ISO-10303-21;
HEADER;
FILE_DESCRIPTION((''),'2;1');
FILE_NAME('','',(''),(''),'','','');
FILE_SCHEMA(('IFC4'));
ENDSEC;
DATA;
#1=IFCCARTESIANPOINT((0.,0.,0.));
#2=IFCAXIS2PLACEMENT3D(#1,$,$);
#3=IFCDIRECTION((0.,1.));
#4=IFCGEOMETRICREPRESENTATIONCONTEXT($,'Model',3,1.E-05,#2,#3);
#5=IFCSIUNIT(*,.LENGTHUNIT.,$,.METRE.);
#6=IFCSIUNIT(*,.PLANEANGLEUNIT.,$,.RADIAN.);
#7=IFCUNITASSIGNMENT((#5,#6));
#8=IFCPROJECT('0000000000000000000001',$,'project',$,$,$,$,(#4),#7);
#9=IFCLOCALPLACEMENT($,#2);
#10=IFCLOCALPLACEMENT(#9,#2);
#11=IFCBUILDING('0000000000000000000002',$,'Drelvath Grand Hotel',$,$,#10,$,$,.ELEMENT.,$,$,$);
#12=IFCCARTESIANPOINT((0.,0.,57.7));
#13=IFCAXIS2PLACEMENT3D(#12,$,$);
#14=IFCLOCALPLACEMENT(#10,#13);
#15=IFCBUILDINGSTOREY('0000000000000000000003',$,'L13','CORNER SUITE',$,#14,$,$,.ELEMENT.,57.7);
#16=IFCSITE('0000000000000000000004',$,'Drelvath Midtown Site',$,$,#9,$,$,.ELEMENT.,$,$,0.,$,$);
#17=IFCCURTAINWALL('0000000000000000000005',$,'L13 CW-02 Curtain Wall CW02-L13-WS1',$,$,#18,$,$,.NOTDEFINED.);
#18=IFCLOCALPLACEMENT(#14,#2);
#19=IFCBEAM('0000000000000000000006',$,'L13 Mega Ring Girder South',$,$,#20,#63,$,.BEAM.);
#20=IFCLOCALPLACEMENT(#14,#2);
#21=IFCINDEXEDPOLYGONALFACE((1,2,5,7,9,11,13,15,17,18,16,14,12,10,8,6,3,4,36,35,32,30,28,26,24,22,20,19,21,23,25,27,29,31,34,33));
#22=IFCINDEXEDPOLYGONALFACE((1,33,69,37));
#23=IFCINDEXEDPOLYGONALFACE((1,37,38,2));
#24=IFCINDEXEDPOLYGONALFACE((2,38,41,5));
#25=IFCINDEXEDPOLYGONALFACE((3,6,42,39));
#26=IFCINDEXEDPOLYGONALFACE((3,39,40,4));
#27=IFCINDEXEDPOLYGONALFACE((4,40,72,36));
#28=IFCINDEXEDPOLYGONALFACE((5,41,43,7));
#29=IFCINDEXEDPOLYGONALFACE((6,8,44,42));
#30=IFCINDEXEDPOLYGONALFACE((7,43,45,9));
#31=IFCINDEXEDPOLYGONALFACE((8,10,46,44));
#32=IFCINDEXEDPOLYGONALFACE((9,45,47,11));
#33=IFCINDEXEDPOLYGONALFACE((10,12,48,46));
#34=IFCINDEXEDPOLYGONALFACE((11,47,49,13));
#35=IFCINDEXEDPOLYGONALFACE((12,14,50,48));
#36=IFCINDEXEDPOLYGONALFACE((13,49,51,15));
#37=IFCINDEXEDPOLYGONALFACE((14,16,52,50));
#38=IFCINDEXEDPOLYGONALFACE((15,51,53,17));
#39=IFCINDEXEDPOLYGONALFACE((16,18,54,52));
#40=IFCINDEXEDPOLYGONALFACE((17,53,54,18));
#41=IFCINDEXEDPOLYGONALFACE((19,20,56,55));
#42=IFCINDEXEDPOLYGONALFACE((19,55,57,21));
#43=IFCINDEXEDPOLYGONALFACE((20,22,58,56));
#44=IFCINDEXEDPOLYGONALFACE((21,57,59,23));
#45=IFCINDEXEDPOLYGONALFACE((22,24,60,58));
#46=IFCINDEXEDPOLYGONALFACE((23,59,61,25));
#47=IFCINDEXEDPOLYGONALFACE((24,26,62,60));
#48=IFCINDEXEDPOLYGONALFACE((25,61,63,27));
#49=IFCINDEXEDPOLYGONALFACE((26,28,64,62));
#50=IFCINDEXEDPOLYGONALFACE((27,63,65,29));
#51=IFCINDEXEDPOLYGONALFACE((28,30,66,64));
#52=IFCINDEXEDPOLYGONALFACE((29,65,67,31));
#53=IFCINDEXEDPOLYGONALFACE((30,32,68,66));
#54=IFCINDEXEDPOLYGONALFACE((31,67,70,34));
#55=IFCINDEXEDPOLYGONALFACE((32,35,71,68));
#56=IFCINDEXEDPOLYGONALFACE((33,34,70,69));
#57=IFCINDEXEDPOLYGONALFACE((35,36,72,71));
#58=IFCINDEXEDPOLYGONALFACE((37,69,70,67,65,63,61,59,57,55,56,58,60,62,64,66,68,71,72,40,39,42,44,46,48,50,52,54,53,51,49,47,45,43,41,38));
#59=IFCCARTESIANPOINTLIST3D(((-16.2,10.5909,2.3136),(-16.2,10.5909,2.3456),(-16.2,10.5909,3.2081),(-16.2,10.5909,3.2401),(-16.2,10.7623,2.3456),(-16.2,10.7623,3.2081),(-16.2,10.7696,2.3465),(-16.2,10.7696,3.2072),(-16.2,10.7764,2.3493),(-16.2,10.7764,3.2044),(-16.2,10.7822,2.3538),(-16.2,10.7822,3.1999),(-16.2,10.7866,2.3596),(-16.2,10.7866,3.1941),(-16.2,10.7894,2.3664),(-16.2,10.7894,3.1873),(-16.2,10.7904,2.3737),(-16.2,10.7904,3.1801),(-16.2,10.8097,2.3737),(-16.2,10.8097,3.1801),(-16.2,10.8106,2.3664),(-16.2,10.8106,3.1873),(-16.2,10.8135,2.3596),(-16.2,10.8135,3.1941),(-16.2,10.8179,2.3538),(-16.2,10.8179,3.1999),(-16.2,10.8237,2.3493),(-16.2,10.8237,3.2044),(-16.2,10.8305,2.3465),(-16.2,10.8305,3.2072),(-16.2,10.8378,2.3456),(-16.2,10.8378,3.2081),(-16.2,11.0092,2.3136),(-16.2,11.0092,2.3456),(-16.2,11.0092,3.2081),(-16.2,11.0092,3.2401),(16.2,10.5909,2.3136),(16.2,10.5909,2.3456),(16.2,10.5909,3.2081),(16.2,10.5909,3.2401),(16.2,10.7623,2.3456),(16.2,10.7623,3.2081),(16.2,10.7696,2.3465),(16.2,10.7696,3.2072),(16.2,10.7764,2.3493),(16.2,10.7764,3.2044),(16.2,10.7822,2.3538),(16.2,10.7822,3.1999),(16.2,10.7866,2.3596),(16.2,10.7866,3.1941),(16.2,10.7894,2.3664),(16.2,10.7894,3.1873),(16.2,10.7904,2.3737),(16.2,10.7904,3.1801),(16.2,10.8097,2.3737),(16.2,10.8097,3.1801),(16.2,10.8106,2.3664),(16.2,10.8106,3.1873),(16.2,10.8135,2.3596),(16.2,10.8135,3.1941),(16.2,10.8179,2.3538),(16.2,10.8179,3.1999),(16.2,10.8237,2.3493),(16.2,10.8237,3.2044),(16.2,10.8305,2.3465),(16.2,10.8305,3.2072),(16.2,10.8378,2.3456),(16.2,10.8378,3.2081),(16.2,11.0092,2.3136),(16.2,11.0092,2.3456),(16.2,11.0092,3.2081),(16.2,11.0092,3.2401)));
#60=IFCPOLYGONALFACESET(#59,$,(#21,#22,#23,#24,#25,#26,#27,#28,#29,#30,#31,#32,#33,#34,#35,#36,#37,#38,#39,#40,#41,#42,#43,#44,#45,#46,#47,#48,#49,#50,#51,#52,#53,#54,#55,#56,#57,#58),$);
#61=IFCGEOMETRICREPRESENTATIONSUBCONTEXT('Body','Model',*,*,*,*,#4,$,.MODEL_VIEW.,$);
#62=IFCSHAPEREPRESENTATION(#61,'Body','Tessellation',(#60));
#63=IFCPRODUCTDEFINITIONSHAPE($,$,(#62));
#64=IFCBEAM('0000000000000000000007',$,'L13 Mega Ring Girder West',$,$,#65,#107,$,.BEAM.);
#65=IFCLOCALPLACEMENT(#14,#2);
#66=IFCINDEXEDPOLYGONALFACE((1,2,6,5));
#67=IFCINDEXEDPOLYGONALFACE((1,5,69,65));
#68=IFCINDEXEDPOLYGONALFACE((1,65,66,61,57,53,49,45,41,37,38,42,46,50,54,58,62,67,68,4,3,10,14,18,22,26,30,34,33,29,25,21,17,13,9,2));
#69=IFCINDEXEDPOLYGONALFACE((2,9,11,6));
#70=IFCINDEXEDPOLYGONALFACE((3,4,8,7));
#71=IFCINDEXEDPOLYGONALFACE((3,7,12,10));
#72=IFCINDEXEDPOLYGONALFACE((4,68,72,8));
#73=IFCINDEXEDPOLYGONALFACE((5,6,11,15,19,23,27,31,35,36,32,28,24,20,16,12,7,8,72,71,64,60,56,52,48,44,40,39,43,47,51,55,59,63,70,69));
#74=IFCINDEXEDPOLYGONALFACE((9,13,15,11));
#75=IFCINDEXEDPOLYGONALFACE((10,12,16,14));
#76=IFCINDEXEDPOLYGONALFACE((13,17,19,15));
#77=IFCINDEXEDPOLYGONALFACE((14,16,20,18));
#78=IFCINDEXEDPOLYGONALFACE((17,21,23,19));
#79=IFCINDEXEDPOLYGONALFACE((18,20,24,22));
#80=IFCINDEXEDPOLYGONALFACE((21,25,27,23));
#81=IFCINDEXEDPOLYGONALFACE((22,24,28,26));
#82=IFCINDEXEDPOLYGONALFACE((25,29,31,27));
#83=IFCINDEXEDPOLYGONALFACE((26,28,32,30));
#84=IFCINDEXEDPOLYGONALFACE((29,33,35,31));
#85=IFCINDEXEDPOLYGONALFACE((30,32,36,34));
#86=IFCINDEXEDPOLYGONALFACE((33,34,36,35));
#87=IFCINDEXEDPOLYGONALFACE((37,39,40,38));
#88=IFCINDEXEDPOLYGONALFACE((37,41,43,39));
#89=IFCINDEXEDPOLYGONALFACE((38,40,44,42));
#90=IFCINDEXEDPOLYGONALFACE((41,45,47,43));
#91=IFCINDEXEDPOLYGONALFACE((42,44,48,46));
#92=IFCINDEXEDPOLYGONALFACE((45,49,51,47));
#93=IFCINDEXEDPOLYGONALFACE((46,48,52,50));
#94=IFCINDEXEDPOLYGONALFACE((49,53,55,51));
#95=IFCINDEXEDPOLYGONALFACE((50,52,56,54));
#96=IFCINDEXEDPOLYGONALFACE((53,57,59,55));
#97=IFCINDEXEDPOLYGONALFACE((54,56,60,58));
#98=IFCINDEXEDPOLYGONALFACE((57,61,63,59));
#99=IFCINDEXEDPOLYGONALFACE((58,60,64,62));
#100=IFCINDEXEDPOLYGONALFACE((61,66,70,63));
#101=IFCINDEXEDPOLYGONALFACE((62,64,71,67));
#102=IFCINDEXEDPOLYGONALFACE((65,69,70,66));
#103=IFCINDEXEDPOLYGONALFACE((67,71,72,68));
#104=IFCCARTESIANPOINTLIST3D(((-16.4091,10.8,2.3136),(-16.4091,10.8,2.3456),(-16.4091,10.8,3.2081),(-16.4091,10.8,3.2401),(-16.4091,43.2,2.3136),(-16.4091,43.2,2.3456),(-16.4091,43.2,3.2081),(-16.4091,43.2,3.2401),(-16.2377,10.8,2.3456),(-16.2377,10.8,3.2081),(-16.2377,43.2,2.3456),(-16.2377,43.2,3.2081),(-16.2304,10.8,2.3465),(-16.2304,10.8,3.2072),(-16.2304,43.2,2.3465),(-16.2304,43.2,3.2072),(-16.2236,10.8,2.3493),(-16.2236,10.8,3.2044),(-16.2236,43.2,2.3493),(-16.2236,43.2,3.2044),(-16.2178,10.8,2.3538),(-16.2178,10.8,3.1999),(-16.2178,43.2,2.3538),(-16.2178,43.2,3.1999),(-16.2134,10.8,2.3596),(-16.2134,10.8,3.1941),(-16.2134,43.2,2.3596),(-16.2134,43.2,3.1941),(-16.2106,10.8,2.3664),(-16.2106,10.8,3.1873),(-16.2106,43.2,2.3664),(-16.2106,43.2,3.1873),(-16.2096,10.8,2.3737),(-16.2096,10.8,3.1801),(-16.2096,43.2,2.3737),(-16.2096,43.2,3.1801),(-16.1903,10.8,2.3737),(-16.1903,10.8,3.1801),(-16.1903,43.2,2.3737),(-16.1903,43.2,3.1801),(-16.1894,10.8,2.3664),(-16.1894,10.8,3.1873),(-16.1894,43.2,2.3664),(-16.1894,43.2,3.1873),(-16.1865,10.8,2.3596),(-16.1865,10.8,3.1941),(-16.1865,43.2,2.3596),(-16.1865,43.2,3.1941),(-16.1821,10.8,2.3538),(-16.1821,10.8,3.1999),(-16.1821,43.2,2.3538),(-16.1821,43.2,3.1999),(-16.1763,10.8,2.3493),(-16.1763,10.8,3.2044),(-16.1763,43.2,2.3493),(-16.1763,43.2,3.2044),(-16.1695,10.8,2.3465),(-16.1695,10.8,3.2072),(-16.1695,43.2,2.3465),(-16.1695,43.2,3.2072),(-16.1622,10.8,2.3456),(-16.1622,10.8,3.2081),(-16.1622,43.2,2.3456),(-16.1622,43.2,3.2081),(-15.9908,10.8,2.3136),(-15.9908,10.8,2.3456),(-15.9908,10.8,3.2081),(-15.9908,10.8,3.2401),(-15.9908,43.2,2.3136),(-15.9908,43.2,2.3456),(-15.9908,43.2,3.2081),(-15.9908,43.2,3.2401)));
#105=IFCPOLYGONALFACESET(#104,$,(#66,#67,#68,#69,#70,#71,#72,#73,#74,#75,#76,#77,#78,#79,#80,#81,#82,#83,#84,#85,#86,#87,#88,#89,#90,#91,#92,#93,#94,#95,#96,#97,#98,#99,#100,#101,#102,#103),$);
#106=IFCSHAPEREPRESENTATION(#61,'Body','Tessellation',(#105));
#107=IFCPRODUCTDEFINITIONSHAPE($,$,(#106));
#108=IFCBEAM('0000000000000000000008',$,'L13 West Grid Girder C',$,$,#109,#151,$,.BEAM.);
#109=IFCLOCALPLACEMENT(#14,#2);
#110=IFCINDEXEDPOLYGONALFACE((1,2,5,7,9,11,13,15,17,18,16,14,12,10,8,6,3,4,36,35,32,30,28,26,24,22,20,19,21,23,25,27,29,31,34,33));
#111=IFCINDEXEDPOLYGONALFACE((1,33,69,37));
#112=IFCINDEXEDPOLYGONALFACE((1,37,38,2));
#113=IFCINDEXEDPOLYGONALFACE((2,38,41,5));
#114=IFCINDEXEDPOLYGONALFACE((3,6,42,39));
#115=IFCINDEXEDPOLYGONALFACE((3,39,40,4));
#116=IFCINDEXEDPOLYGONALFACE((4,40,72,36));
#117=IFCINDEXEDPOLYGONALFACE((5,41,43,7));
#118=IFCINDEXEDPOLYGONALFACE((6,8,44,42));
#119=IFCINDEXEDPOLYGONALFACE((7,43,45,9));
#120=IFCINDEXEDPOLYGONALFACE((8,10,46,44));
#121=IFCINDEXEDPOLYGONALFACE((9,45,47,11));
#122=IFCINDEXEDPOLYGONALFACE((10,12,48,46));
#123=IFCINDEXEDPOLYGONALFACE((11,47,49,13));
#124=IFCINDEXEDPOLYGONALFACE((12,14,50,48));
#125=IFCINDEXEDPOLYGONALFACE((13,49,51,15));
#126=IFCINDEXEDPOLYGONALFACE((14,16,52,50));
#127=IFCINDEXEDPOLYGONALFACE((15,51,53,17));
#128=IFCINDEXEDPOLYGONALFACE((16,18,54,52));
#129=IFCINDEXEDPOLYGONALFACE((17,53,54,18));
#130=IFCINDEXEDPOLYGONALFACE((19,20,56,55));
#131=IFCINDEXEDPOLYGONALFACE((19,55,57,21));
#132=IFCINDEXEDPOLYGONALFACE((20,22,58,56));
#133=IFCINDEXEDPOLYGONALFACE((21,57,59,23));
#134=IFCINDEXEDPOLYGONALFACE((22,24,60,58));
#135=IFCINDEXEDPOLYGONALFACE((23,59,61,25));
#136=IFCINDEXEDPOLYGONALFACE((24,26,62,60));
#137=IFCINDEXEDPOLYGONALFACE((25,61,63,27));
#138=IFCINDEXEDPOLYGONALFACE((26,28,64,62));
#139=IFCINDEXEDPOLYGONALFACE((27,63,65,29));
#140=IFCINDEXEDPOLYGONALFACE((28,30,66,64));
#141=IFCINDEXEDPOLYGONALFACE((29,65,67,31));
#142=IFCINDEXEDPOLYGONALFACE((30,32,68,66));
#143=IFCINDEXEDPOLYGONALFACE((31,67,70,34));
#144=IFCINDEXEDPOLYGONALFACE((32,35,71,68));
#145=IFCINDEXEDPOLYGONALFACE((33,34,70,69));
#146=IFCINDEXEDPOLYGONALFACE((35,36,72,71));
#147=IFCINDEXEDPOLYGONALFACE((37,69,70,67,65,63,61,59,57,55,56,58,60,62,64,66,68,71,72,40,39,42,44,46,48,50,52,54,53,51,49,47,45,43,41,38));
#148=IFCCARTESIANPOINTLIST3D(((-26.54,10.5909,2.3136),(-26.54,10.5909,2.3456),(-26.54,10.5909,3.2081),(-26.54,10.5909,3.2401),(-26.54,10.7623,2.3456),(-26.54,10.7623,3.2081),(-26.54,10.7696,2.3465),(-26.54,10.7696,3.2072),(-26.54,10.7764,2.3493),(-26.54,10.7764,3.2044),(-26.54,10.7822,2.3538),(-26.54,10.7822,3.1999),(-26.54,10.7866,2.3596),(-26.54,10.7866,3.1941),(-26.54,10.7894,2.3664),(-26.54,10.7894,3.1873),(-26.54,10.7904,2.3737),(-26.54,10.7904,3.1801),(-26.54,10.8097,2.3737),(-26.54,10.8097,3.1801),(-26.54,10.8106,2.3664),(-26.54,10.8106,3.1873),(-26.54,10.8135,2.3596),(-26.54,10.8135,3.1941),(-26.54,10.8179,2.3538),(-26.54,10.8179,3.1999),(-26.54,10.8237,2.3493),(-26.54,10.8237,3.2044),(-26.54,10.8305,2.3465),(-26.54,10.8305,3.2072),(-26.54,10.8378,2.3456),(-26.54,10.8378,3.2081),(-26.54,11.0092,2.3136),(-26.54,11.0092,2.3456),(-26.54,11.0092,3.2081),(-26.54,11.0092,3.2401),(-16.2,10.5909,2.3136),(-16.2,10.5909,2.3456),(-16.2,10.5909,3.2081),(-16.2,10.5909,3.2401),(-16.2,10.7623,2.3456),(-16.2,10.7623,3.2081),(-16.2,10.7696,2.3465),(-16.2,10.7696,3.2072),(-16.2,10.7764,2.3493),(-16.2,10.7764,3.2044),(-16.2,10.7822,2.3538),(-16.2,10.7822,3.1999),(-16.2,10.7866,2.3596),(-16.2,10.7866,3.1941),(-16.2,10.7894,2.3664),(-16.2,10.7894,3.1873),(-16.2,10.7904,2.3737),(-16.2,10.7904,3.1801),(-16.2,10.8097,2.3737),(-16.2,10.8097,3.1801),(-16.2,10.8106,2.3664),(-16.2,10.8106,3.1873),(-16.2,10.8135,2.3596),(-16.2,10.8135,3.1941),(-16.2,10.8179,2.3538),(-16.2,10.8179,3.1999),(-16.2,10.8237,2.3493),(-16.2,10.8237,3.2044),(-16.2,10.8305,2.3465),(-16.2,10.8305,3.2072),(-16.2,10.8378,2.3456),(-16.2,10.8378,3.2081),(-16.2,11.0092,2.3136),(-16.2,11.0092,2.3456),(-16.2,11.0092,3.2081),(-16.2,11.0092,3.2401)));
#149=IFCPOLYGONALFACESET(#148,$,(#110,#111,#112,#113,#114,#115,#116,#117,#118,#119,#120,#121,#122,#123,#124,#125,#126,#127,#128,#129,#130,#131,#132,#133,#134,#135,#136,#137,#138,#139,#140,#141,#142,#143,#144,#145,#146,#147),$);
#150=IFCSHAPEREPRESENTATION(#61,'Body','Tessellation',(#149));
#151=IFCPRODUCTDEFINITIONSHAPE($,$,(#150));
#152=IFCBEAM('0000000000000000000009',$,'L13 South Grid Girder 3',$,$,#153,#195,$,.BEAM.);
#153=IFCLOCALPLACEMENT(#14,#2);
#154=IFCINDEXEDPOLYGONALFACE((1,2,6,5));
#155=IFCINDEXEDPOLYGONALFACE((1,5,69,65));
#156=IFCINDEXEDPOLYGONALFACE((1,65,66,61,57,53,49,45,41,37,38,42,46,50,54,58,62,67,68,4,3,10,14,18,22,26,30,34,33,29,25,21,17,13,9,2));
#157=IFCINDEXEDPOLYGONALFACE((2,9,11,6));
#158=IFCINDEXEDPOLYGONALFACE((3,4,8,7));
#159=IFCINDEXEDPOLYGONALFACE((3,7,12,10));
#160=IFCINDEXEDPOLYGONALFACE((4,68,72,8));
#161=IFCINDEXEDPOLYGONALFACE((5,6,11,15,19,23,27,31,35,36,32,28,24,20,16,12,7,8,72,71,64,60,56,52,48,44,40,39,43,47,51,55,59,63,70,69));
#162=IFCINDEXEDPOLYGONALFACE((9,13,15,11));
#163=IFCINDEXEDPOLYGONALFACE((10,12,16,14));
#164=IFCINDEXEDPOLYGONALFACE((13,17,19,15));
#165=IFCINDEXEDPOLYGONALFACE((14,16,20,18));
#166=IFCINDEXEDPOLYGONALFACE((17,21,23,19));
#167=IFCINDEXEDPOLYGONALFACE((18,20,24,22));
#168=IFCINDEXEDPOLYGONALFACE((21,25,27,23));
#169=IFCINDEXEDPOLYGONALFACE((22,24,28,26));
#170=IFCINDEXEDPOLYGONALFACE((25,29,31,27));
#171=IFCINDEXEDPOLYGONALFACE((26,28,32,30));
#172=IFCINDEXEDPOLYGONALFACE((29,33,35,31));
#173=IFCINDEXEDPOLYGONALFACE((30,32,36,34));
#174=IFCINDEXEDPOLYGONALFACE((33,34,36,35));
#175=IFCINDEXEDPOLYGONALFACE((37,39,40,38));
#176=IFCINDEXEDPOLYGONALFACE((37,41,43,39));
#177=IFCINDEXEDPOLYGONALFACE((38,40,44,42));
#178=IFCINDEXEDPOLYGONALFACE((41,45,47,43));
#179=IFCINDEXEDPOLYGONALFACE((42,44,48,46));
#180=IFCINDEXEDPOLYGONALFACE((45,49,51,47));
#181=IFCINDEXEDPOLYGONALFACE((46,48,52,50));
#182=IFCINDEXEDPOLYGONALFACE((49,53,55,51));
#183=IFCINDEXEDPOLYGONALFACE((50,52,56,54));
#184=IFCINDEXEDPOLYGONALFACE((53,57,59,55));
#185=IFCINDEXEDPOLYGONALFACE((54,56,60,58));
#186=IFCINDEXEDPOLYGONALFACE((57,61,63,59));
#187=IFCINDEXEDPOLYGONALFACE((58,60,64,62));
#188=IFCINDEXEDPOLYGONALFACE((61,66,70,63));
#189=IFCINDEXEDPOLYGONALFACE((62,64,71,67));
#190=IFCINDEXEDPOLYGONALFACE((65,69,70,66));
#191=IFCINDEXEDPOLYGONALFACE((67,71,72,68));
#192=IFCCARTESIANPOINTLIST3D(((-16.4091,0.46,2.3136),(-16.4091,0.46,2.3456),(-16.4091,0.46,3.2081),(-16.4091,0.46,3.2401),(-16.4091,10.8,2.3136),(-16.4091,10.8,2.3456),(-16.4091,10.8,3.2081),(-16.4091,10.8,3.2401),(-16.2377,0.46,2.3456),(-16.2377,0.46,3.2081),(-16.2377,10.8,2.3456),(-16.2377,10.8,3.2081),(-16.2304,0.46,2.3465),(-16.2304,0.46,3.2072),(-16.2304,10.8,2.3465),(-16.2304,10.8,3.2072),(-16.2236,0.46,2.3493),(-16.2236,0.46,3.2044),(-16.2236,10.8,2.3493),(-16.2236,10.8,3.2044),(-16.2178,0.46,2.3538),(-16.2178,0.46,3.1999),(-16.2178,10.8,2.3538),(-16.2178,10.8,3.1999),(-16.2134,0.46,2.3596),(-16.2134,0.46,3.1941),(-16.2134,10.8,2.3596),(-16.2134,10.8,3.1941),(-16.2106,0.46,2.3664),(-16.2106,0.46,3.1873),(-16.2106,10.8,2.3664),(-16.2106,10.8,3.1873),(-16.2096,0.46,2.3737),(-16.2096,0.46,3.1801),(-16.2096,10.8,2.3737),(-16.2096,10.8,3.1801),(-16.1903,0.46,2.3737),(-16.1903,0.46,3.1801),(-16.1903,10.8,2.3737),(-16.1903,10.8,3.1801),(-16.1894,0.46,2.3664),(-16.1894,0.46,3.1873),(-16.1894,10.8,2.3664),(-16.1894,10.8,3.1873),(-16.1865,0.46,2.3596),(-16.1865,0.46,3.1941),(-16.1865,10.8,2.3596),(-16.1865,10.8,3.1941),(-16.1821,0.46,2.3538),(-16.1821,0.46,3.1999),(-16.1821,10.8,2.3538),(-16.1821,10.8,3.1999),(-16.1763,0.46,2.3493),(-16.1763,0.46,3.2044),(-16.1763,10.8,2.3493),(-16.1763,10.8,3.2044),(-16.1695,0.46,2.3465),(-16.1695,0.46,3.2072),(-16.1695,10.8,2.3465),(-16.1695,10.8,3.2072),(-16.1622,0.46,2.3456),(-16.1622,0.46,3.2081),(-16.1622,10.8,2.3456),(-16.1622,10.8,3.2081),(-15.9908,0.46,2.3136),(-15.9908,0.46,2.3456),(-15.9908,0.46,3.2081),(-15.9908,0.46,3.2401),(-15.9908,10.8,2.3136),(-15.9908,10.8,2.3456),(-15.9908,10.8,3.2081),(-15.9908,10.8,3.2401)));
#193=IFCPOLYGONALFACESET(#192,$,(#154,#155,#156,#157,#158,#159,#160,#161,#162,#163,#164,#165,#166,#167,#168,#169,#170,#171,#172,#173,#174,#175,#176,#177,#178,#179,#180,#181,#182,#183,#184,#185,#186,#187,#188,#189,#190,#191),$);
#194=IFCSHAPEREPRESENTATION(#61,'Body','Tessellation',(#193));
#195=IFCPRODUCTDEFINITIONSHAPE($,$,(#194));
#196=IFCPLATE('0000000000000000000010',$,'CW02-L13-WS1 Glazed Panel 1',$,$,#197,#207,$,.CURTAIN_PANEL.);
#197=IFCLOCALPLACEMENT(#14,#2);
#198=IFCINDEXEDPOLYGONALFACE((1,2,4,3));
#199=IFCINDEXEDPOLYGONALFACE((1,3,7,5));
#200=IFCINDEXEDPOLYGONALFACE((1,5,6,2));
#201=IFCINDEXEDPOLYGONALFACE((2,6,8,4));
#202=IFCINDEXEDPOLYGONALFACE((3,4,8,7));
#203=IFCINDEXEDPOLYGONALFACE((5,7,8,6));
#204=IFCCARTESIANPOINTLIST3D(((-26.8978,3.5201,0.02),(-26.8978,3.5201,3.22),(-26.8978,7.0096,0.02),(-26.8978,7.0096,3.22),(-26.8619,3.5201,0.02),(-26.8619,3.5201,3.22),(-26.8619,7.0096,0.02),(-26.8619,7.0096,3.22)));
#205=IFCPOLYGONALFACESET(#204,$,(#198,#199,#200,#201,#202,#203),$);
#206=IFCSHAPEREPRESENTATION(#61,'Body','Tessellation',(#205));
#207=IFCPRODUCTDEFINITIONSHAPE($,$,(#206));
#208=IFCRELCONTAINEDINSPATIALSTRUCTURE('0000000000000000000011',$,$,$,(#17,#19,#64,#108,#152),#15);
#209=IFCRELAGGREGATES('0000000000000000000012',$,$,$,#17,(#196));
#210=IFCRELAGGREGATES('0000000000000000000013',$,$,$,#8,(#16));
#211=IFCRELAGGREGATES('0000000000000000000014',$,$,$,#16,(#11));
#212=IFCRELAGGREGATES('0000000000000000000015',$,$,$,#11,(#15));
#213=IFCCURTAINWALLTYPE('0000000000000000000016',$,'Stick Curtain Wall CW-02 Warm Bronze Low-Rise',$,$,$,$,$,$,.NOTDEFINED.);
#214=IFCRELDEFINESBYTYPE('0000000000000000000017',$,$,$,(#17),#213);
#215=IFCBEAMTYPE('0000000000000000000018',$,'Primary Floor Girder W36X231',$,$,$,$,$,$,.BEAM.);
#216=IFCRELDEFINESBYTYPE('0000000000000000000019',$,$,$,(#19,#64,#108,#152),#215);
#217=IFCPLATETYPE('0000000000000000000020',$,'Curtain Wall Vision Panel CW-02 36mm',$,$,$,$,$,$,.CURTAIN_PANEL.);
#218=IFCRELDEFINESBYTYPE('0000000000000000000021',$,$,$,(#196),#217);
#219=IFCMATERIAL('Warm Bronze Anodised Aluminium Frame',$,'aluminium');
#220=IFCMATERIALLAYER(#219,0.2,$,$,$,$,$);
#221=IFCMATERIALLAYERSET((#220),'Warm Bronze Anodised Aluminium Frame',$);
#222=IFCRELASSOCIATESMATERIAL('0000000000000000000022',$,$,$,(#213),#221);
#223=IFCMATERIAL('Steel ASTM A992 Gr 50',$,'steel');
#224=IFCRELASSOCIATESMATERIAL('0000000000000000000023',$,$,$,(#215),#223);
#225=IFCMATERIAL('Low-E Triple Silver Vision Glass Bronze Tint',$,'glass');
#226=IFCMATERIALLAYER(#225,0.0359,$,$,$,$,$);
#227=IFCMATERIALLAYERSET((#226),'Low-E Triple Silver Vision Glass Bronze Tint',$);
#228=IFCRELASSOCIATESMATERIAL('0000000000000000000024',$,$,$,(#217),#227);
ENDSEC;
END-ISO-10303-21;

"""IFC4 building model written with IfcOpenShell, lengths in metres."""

from ifc_helpers import new_model, si_unit, direction, frame, origin, origin_2d, place, context, subcontext, project, spatial, rectangle, i_section, extrude, material, layer, layer_set, material_profile, profile_set, type_object, element, aggregate, save


model = new_model("IFC4")

# Units and contexts
model_context = context("Model", 3, precision=1e-05, world=origin(), true_north=direction((0.0, 1.0)))
body_context = subcontext(model_context, "Body", "Model", "MODEL_VIEW")
ifc_project = project(units=[si_unit("LENGTHUNIT", "METRE"), si_unit("PLANEANGLEUNIT", "RADIAN")], contexts=[model_context])

# Site, building, storey
site_placement = place(None, origin())
site = spatial("IfcSite", under=ifc_project, at=site_placement, Name="Drelvath Midtown Site", CompositionType="ELEMENT", RefElevation=0.0)
building_placement = place(site_placement, origin())
building = spatial("IfcBuilding", under=site, at=building_placement, Name="Drelvath Grand Hotel", CompositionType="ELEMENT")
storey_placement = place(building_placement, frame((0.0, 0.0, 57.7)))
storey = spatial("IfcBuildingStorey", under=building, at=storey_placement, Name="L13", Description="CORNER SUITE", CompositionType="ELEMENT", Elevation=57.7)

# Curtain wall
ifc_material_1 = material(Name="Warm Bronze Anodised Aluminium Frame", Category="aluminium")
ifc_layer_1 = layer(ifc_material_1, 0.2)
ifc_layer_set_1 = layer_set([ifc_layer_1], Name="Warm Bronze Anodised Aluminium Frame")
curtain_wall_type = type_object("IfcCurtainWallType", Name="Stick Curtain Wall CW-02 Warm Bronze Low-Rise", PredefinedType="NOTDEFINED", material=ifc_layer_set_1)
curtain_wall_1_placement = place(storey_placement, origin())
curtain_wall_1 = element("IfcCurtainWall", 1, at=curtain_wall_1_placement, inside=storey, type_object=curtain_wall_type, Name="L13 CW-02 Curtain Wall CW02-L13-WS1", PredefinedType="NOTDEFINED")

# Beams
ifc_material_2 = material(Name="Steel ASTM A992 Gr 50", Category="steel")
ifc_material_profile_1 = material_profile(ifc_material_2, i_section(OverallWidth=0.4182, OverallDepth=0.9265, WebThickness=0.0193, FlangeThickness=0.032, FilletRadius=0.0281, at=origin_2d()), Name="W36X231")
ifc_profile_set_1 = profile_set([ifc_material_profile_1], Name="Steel ASTM A992 Gr 50")
beam_type_1 = type_object("IfcBeamType", Name="Primary Floor Girder W36X231", PredefinedType="BEAM", material=ifc_profile_set_1)
for number, where, z_axis, x_axis, name in (
    (2, (-16.2, 10.8, 2.7769), (1.0, 0.0, 0.0), (0.0, 1.0, 0.0), "L13 Mega Ring Girder South"),
    (3, (-16.2, 10.8, 2.7769), (0.0, 1.0, 0.0), (-1.0, 0.0, 0.0), "L13 Mega Ring Girder West"),
):
    element("IfcBeam", number, at=place(storey_placement, frame(where, z_axis=z_axis, x_axis=x_axis)), inside=storey, type_object=beam_type_1, Name=name, PredefinedType="BEAM", context=body_context, shape_type="SweptSolid", body=[
        extrude(i_section(OverallWidth=0.4182, OverallDepth=0.9265, WebThickness=0.0193, FlangeThickness=0.032, FilletRadius=0.0281, at=origin_2d()), origin(), (0.0, 0.0, 1.0), 32.3999),
    ])
for number, where, z_axis, x_axis, name in (
    (4, (-26.54, 10.8, 2.7769), (1.0, 0.0, 0.0), (0.0, 1.0, 0.0), "L13 West Grid Girder C"),
    (5, (-16.2, 0.46, 2.7769), (0.0, 1.0, 0.0), (-1.0, 0.0, 0.0), "L13 South Grid Girder 3"),
):
    element("IfcBeam", number, at=place(storey_placement, frame(where, z_axis=z_axis, x_axis=x_axis)), inside=storey, type_object=beam_type_1, Name=name, PredefinedType="BEAM", context=body_context, shape_type="SweptSolid", body=[
        extrude(i_section(OverallWidth=0.4182, OverallDepth=0.9265, WebThickness=0.0193, FlangeThickness=0.032, FilletRadius=0.0281, at=origin_2d()), origin(), (0.0, 0.0, 1.0), 10.3401),
    ])

# Plate
ifc_material_3 = material(Name="Low-E Triple Silver Vision Glass Bronze Tint", Category="glass")
ifc_layer_2 = layer(ifc_material_3, 0.0359)
ifc_layer_set_2 = layer_set([ifc_layer_2], Name="Low-E Triple Silver Vision Glass Bronze Tint")
plate_type = type_object("IfcPlateType", Name="Curtain Wall Vision Panel CW-02 36mm", PredefinedType="CURTAIN_PANEL", material=ifc_layer_set_2)
plate_1_placement = place(storey_placement, frame((-26.8799, 5.2649, 0.02), z_axis=(0.0, 0.0, 1.0), x_axis=(0.0, 1.0, 0.0)))
plate_1 = element("IfcPlate", 6, at=plate_1_placement, type_object=plate_type, Name="CW02-L13-WS1 Glazed Panel 1", PredefinedType="CURTAIN_PANEL", context=body_context, shape_type="SweptSolid", body=[
    extrude(rectangle(XDim=3.4895, YDim=0.0359, at=origin_2d()), origin(), (0.0, 0.0, 1.0), 3.2),
])
aggregate(curtain_wall_1, [plate_1])

save(model, "model.ifc")
